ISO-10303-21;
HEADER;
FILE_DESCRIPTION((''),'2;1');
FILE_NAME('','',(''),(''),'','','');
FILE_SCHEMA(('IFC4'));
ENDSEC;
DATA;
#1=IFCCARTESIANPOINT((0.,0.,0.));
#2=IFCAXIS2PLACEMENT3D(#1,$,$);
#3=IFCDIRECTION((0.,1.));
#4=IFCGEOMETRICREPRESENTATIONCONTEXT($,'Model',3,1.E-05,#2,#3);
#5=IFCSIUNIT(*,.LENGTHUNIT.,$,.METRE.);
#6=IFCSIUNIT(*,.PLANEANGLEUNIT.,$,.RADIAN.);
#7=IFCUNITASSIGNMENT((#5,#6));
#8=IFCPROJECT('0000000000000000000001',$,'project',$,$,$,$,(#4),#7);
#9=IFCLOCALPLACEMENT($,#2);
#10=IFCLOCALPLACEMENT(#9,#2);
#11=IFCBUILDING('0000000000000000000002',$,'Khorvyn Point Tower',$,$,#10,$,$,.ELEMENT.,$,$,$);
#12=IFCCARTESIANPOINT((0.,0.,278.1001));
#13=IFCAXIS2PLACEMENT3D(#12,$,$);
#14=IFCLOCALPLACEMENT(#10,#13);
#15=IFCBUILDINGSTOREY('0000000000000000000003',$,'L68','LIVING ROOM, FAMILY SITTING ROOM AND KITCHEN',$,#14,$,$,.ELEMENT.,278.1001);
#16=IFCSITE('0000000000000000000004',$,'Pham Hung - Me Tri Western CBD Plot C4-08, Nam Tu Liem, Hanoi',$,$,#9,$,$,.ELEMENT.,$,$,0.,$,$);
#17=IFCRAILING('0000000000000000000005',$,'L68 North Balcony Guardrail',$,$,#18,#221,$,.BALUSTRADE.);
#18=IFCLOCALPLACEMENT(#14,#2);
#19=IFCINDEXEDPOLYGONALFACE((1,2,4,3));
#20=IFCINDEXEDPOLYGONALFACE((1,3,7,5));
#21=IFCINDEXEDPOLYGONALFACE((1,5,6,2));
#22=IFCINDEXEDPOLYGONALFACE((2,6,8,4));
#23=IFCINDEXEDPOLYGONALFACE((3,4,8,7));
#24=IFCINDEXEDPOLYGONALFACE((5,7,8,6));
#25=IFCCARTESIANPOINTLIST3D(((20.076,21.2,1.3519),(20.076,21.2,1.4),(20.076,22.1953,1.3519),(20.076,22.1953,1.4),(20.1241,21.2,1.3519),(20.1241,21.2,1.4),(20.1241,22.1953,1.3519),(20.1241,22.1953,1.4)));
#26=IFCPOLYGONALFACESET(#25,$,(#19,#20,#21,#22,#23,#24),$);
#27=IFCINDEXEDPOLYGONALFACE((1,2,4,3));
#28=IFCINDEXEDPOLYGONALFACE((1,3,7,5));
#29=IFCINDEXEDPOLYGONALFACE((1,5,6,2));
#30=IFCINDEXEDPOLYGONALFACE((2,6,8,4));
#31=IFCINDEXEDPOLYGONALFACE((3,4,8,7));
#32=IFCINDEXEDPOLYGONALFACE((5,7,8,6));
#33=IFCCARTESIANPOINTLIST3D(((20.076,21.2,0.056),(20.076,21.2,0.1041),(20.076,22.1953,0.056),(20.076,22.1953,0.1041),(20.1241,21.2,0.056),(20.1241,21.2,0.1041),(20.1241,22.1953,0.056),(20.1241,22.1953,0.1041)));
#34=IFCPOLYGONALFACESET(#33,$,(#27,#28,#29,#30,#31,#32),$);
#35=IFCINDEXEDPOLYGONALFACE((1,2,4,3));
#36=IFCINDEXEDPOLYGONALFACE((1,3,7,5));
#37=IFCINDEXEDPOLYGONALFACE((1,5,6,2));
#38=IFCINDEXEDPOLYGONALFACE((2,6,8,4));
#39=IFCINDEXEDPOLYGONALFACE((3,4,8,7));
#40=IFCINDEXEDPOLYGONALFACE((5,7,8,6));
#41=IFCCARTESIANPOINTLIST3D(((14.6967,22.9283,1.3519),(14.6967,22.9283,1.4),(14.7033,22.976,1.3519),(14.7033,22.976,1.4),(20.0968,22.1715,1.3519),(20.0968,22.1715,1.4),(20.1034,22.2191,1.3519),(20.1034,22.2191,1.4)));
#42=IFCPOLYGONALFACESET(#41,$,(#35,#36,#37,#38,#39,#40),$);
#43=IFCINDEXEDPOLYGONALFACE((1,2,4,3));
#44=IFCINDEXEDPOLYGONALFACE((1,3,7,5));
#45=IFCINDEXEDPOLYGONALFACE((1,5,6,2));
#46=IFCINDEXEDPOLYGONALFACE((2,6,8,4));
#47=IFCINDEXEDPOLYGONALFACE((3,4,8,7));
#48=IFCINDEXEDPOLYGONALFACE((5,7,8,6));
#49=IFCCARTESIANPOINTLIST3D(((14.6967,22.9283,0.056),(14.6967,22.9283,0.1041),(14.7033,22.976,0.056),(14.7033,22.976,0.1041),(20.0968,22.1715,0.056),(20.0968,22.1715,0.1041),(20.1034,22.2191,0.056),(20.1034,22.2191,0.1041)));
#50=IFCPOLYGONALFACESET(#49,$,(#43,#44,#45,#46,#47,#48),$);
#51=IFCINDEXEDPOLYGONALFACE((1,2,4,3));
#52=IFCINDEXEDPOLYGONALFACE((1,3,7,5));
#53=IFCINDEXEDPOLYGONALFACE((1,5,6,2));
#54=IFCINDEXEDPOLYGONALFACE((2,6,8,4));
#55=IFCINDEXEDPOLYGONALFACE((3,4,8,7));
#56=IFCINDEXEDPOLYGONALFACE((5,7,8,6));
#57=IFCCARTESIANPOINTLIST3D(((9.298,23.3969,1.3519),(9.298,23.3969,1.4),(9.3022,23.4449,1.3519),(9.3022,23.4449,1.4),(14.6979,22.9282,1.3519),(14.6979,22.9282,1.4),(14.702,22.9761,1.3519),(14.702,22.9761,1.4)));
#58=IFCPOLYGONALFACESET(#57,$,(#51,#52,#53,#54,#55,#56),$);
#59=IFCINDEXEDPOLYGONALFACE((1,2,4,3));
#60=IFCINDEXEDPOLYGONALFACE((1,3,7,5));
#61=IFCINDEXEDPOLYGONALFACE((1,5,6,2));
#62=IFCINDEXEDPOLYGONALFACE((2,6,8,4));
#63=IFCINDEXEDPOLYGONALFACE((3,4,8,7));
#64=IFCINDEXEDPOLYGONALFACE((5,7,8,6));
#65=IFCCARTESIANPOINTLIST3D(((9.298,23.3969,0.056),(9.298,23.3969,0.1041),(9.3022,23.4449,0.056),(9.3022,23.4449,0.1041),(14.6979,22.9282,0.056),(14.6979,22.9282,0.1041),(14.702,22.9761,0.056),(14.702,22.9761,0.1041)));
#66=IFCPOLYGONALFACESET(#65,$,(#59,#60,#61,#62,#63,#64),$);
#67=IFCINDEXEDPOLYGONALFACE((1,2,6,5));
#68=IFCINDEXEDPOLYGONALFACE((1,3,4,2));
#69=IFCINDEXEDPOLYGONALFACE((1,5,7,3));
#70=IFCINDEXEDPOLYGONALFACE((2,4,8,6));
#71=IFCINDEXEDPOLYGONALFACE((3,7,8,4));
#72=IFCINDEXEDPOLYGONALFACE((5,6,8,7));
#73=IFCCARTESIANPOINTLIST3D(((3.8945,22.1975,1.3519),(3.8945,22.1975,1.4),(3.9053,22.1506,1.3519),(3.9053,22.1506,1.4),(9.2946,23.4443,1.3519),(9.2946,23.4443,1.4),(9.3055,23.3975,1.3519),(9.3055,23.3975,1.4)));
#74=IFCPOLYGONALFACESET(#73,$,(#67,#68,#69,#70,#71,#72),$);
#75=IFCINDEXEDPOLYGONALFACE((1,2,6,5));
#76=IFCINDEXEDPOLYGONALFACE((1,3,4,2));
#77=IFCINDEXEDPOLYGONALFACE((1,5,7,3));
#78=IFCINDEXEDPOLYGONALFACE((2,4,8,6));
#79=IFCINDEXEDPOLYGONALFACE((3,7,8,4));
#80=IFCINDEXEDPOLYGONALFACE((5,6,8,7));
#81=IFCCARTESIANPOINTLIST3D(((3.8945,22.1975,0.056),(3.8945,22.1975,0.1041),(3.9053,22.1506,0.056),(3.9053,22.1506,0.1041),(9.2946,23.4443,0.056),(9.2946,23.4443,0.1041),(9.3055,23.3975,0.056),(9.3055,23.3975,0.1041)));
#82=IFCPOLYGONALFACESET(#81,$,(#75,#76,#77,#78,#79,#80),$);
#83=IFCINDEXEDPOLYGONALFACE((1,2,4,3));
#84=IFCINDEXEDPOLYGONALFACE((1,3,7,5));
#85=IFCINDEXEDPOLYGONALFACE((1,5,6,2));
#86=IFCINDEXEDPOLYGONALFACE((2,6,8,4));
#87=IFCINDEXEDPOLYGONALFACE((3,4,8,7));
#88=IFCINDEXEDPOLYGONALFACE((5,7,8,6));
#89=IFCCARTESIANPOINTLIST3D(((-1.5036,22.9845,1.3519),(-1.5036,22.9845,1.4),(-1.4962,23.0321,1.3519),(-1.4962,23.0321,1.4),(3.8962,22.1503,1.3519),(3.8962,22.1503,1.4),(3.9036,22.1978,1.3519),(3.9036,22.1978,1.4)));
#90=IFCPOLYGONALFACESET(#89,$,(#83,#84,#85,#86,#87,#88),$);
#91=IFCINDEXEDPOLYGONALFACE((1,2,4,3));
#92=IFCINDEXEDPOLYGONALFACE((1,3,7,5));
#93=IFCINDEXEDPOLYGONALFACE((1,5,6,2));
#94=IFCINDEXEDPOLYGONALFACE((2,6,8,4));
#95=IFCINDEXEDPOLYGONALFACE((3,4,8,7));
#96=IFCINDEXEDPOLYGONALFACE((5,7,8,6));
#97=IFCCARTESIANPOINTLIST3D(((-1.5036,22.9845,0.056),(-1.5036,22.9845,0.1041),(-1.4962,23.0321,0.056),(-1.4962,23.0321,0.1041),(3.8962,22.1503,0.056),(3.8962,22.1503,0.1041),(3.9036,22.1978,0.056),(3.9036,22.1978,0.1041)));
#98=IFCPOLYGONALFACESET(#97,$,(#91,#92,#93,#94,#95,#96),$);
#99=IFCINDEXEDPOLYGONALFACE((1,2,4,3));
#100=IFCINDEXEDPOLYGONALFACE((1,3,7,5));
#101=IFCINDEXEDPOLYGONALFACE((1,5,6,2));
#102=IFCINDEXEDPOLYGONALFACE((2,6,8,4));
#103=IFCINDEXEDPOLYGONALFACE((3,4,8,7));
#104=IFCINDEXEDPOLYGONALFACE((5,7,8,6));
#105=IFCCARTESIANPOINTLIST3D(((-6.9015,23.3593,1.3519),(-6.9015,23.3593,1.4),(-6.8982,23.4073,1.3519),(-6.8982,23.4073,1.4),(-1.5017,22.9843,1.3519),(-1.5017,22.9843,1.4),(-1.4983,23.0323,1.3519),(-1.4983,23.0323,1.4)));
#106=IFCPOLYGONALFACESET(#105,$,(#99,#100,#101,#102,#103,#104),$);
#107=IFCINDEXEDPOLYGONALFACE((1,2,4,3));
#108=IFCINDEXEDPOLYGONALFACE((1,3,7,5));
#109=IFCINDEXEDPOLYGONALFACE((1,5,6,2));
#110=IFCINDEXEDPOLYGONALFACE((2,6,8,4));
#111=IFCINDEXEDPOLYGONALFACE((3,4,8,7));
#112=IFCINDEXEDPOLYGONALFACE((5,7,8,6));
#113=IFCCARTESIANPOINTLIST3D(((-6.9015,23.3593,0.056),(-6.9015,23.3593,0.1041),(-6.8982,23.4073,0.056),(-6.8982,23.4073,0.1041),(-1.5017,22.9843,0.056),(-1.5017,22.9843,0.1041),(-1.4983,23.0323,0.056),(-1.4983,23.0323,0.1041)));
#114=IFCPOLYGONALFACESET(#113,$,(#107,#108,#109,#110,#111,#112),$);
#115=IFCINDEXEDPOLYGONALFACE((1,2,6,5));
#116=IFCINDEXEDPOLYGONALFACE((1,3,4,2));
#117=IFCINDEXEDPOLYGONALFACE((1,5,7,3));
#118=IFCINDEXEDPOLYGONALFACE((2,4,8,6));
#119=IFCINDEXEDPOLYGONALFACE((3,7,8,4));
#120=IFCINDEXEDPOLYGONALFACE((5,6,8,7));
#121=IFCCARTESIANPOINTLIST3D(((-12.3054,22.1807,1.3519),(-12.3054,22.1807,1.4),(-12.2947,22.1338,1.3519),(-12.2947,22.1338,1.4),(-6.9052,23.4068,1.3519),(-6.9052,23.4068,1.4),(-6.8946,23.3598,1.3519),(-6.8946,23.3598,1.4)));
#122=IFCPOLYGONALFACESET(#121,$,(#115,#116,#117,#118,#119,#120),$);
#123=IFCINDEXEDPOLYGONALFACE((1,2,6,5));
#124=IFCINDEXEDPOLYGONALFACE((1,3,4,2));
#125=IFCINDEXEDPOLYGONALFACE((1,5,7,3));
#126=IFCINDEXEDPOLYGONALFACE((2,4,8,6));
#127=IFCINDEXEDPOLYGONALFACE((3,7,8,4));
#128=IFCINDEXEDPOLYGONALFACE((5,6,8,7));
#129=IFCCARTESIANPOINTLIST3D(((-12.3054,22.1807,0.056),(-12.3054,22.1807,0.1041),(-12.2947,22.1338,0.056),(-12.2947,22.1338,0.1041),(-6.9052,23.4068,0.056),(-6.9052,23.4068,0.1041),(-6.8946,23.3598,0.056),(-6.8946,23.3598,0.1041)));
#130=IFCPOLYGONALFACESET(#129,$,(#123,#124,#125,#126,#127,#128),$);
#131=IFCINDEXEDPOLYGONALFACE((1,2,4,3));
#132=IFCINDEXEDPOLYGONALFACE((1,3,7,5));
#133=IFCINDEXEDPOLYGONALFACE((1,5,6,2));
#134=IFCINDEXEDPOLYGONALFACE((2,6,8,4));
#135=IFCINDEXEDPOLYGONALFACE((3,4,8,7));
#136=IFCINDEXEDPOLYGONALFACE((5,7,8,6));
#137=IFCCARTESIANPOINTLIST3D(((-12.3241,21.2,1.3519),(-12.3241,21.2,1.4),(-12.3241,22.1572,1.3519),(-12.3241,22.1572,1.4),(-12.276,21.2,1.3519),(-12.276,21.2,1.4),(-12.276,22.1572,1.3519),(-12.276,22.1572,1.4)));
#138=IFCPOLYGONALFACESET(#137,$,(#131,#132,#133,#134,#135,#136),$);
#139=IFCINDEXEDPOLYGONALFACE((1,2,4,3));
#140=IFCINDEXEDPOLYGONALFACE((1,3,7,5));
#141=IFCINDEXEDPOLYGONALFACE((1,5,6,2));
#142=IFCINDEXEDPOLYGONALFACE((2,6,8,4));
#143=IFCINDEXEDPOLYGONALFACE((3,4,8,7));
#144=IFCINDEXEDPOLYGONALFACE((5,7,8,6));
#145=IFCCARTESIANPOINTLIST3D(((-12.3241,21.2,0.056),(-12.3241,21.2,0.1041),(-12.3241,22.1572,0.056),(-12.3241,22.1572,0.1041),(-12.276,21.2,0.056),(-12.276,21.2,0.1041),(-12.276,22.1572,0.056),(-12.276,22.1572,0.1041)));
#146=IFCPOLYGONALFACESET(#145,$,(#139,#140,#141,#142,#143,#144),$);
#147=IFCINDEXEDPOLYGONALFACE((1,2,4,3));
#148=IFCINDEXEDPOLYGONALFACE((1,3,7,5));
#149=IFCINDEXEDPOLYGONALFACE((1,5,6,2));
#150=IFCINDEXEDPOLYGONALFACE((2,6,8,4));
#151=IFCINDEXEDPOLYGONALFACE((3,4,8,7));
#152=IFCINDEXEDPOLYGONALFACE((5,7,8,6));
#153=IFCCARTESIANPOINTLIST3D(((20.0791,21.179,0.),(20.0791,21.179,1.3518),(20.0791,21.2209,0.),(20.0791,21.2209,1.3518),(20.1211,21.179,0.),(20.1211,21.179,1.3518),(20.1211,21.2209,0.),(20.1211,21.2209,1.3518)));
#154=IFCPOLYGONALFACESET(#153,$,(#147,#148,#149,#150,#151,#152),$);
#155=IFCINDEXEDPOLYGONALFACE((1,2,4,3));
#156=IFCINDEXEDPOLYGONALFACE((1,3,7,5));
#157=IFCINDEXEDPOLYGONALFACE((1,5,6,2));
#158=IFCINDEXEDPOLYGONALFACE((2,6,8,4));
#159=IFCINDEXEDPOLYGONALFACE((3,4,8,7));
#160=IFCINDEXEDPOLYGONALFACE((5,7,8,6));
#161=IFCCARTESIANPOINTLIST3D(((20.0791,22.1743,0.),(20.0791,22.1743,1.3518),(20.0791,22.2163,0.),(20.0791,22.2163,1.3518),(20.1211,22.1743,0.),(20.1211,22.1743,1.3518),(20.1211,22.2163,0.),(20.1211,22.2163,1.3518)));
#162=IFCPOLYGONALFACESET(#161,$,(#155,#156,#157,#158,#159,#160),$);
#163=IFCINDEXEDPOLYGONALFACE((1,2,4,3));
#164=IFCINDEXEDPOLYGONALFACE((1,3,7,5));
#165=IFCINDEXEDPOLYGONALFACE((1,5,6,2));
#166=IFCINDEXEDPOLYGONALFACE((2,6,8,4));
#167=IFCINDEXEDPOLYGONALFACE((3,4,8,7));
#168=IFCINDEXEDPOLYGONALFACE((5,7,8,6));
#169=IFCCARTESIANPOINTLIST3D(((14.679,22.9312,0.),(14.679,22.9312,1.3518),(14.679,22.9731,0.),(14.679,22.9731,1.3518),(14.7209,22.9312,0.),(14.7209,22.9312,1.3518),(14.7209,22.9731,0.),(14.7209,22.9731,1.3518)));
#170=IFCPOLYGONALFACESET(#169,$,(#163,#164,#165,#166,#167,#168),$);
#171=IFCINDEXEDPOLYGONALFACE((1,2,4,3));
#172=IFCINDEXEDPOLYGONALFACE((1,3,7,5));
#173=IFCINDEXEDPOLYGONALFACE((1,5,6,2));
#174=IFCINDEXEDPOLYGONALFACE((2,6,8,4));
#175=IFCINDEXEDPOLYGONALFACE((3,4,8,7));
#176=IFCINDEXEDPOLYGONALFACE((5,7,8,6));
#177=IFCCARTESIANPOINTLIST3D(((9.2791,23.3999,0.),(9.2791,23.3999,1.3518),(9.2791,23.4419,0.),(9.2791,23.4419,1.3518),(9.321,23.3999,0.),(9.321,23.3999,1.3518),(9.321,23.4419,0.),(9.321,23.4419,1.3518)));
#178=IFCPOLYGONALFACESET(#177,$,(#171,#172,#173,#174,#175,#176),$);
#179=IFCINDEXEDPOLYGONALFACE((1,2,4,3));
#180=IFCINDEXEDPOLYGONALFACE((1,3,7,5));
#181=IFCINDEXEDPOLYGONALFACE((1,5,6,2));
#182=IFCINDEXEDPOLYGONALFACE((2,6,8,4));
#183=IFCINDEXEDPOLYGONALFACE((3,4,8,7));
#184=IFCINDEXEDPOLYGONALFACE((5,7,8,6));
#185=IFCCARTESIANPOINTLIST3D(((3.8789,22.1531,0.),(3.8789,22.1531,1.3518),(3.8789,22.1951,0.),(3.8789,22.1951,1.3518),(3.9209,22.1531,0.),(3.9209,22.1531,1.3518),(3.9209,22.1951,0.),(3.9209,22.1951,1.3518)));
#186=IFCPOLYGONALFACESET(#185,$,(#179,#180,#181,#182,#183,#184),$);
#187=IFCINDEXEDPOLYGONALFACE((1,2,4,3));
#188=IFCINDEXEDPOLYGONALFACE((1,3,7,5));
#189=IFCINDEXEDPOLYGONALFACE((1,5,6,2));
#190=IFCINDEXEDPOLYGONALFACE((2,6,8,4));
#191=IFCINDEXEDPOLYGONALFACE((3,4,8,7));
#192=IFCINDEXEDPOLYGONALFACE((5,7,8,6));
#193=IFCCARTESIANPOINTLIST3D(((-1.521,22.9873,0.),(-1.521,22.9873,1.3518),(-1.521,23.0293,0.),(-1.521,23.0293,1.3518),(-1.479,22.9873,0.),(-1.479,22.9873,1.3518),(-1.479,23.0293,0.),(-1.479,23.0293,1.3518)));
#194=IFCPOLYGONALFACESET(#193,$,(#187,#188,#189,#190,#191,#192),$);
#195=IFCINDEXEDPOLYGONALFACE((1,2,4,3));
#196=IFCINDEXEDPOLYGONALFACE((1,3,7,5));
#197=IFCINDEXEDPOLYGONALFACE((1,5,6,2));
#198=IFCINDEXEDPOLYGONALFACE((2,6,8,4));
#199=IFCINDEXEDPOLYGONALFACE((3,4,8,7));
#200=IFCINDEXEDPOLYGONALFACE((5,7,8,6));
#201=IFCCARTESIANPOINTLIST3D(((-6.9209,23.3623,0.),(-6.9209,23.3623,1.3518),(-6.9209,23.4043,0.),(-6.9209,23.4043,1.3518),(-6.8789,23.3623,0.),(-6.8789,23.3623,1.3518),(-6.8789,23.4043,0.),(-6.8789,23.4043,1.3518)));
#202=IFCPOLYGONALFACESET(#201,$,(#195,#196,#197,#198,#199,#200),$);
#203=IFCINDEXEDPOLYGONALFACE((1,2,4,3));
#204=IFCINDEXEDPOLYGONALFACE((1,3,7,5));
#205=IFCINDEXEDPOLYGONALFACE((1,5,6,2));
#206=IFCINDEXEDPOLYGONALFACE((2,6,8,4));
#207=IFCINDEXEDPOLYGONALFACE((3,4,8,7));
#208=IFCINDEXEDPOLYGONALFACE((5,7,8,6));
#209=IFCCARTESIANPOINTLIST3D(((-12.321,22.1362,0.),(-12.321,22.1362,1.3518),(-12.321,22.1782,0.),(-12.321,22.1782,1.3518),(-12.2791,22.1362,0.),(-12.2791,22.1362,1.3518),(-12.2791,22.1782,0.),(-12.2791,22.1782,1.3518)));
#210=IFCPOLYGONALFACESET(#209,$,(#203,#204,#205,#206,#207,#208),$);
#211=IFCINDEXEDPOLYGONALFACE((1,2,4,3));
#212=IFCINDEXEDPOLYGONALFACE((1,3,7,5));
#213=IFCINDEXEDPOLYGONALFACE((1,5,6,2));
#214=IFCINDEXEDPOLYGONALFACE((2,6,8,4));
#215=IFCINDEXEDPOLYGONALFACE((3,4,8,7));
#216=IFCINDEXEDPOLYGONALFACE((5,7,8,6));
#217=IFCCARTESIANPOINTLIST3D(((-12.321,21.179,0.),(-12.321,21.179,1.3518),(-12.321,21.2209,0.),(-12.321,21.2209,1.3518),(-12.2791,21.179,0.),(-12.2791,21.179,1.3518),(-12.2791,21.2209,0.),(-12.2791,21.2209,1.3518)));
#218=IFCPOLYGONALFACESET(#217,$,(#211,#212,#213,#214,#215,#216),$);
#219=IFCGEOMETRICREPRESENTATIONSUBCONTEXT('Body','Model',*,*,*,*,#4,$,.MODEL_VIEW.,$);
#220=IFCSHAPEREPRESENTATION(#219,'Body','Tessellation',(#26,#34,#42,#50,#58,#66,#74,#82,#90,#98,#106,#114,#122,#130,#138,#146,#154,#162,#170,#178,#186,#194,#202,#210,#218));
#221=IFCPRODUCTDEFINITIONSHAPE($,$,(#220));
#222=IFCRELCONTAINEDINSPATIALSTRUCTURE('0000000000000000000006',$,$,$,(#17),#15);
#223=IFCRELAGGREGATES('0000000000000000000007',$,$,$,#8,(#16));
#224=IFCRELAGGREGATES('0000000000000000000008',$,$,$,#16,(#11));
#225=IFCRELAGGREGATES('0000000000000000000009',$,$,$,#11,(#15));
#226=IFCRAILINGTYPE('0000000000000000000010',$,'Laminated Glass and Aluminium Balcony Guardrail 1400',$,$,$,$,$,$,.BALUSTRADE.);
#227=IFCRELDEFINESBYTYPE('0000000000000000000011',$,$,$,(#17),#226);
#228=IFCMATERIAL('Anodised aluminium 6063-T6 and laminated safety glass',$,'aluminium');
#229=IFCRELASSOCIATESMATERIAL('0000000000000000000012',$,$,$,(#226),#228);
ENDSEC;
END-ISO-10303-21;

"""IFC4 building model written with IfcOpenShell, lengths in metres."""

from ifc_helpers import new_model, si_unit, direction, frame, origin, origin_2d, place, context, subcontext, project, spatial, rectangle, extrude, material, type_object, element, save


model = new_model("IFC4")

# Units and contexts
model_context = context("Model", 3, precision=1e-05, world=origin(), true_north=direction((0.0, 1.0)))
body_context = subcontext(model_context, "Body", "Model", "MODEL_VIEW")
ifc_project = project(units=[si_unit("LENGTHUNIT", "METRE"), si_unit("PLANEANGLEUNIT", "RADIAN")], contexts=[model_context])

# Site, building, storey
site_placement = place(None, origin())
site = spatial("IfcSite", under=ifc_project, at=site_placement, Name="Pham Hung - Me Tri Western CBD Plot C4-08, Nam Tu Liem, Hanoi", CompositionType="ELEMENT", RefElevation=0.0)
building_placement = place(site_placement, origin())
building = spatial("IfcBuilding", under=site, at=building_placement, Name="Khorvyn Point Tower", CompositionType="ELEMENT")
storey_placement = place(building_placement, frame((0.0, 0.0, 278.1001)))
storey = spatial("IfcBuildingStorey", under=building, at=storey_placement, Name="L68", Description="LIVING ROOM, FAMILY SITTING ROOM AND KITCHEN", CompositionType="ELEMENT", Elevation=278.1001)

# Railing
ifc_material_1 = material(Name="Anodised aluminium 6063-T6 and laminated safety glass", Category="aluminium")
railing_type = type_object("IfcRailingType", Name="Laminated Glass and Aluminium Balcony Guardrail 1400", PredefinedType="BALUSTRADE", material=ifc_material_1)
railing_1_placement = place(storey_placement, frame((20.1001, 21.2, 0.0)))
element("IfcRailing", 1, at=railing_1_placement, inside=storey, type_object=railing_type, Name="L68 North Balcony Guardrail", PredefinedType="BALUSTRADE", context=body_context, shape_type="SweptSolid", body=[
    extrude(rectangle(XDim=0.0481, YDim=0.0481, at=origin_2d()), frame((0.0, 0.0, 1.376), z_axis=(0.0, 1.0, 0.0), x_axis=(-1.0, 0.0, 0.0)), (0.0, 0.0, 1.0), 0.9954),
    extrude(rectangle(XDim=0.0481, YDim=0.0481, at=origin_2d()), frame((0.0, 0.0, 0.0801), z_axis=(0.0, 1.0, 0.0), x_axis=(-1.0, 0.0, 0.0)), (0.0, 0.0, 1.0), 0.9954),
    extrude(rectangle(XDim=0.0481, YDim=0.0481, at=origin_2d()), frame((0.0, 0.9954, 1.376), z_axis=(-0.990321, 0.138795, 0.0), x_axis=(-0.138795, -0.990321, 0.0)), (0.0, 0.0, 1.0), 5.4529),
    extrude(rectangle(XDim=0.0481, YDim=0.0481, at=origin_2d()), frame((0.0, 0.9954, 0.0801), z_axis=(-0.990321, 0.138795, 0.0), x_axis=(-0.138795, -0.990321, 0.0)), (0.0, 0.0, 1.0), 5.4529),
    extrude(rectangle(XDim=0.0481, YDim=0.0481, at=origin_2d()), frame((-5.4001, 1.7522, 1.376), z_axis=(-0.996253, 0.086482, 0.0), x_axis=(-0.086482, -0.996253, 0.0)), (0.0, 0.0, 1.0), 5.4202),
    extrude(rectangle(XDim=0.0481, YDim=0.0481, at=origin_2d()), frame((-5.4001, 1.7522, 0.0801), z_axis=(-0.996253, 0.086482, 0.0), x_axis=(-0.086482, -0.996253, 0.0)), (0.0, 0.0, 1.0), 5.4202),
    extrude(rectangle(XDim=0.0481, YDim=0.0481, at=origin_2d()), frame((-10.8, 2.2209, 1.376), z_axis=(-0.974366, -0.224969, 0.0), x_axis=(0.224969, -0.974366, 0.0)), (0.0, 0.0, 1.0), 5.5422),
    extrude(rectangle(XDim=0.0481, YDim=0.0481, at=origin_2d()), frame((-10.8, 2.2209, 0.0801), z_axis=(-0.974366, -0.224969, 0.0), x_axis=(0.224969, -0.974366, 0.0)), (0.0, 0.0, 1.0), 5.5422),
    extrude(rectangle(XDim=0.0481, YDim=0.0481, at=origin_2d()), frame((-16.2002, 0.9741, 1.376), z_axis=(-0.988276, 0.152678, 0.0), x_axis=(-0.152678, -0.988276, 0.0)), (0.0, 0.0, 1.0), 5.4639),
    extrude(rectangle(XDim=0.0481, YDim=0.0481, at=origin_2d()), frame((-16.2002, 0.9741, 0.0801), z_axis=(-0.988276, 0.152678, 0.0), x_axis=(-0.152678, -0.988276, 0.0)), (0.0, 0.0, 1.0), 5.4639),
    extrude(rectangle(XDim=0.0481, YDim=0.0481, at=origin_2d()), frame((-21.6001, 1.8083, 1.376), z_axis=(-0.997597, 0.069279, 0.0), x_axis=(-0.069279, -0.997597, 0.0)), (0.0, 0.0, 1.0), 5.4128),
    extrude(rectangle(XDim=0.0481, YDim=0.0481, at=origin_2d()), frame((-21.6001, 1.8083, 0.0801), z_axis=(-0.997597, 0.069279, 0.0), x_axis=(-0.069279, -0.997597, 0.0)), (0.0, 0.0, 1.0), 5.4128),
    extrude(rectangle(XDim=0.0481, YDim=0.0481, at=origin_2d()), frame((-27.0, 2.1833, 1.376), z_axis=(-0.975181, -0.22141, 0.0), x_axis=(0.22141, -0.975181, 0.0)), (0.0, 0.0, 1.0), 5.5376),
    extrude(rectangle(XDim=0.0481, YDim=0.0481, at=origin_2d()), frame((-27.0, 2.1833, 0.0801), z_axis=(-0.975181, -0.22141, 0.0), x_axis=(0.22141, -0.975181, 0.0)), (0.0, 0.0, 1.0), 5.5376),
    extrude(rectangle(XDim=0.0481, YDim=0.0481, at=origin_2d()), frame((-32.4001, 0.9573, 1.376), z_axis=(0.0, -1.0, 0.0), x_axis=(1.0, 0.0, 0.0)), (0.0, 0.0, 1.0), 0.9573),
    extrude(rectangle(XDim=0.0481, YDim=0.0481, at=origin_2d()), frame((-32.4001, 0.9573, 0.0801), z_axis=(0.0, -1.0, 0.0), x_axis=(1.0, 0.0, 0.0)), (0.0, 0.0, 1.0), 0.9573),
    extrude(rectangle(XDim=0.042, YDim=0.042, at=origin_2d()), origin(), (0.0, 0.0, 1.0), 1.3518),
    extrude(rectangle(XDim=0.042, YDim=0.042, at=origin_2d()), frame((0.0, 0.9954, 0.0)), (0.0, 0.0, 1.0), 1.3518),
    extrude(rectangle(XDim=0.042, YDim=0.042, at=origin_2d()), frame((-5.4001, 1.7522, 0.0)), (0.0, 0.0, 1.0), 1.3518),
    extrude(rectangle(XDim=0.042, YDim=0.042, at=origin_2d()), frame((-10.8, 2.2209, 0.0)), (0.0, 0.0, 1.0), 1.3518),
    extrude(rectangle(XDim=0.042, YDim=0.042, at=origin_2d()), frame((-16.2002, 0.9741, 0.0)), (0.0, 0.0, 1.0), 1.3518),
    extrude(rectangle(XDim=0.042, YDim=0.042, at=origin_2d()), frame((-21.6001, 1.8083, 0.0)), (0.0, 0.0, 1.0), 1.3518),
    extrude(rectangle(XDim=0.042, YDim=0.042, at=origin_2d()), frame((-27.0, 2.1833, 0.0)), (0.0, 0.0, 1.0), 1.3518),
    extrude(rectangle(XDim=0.042, YDim=0.042, at=origin_2d()), frame((-32.4001, 0.9573, 0.0)), (0.0, 0.0, 1.0), 1.3518),
    extrude(rectangle(XDim=0.042, YDim=0.042, at=origin_2d()), frame((-32.4001, 0.0, 0.0)), (0.0, 0.0, 1.0), 1.3518),
])

save(model, "model.ifc")
